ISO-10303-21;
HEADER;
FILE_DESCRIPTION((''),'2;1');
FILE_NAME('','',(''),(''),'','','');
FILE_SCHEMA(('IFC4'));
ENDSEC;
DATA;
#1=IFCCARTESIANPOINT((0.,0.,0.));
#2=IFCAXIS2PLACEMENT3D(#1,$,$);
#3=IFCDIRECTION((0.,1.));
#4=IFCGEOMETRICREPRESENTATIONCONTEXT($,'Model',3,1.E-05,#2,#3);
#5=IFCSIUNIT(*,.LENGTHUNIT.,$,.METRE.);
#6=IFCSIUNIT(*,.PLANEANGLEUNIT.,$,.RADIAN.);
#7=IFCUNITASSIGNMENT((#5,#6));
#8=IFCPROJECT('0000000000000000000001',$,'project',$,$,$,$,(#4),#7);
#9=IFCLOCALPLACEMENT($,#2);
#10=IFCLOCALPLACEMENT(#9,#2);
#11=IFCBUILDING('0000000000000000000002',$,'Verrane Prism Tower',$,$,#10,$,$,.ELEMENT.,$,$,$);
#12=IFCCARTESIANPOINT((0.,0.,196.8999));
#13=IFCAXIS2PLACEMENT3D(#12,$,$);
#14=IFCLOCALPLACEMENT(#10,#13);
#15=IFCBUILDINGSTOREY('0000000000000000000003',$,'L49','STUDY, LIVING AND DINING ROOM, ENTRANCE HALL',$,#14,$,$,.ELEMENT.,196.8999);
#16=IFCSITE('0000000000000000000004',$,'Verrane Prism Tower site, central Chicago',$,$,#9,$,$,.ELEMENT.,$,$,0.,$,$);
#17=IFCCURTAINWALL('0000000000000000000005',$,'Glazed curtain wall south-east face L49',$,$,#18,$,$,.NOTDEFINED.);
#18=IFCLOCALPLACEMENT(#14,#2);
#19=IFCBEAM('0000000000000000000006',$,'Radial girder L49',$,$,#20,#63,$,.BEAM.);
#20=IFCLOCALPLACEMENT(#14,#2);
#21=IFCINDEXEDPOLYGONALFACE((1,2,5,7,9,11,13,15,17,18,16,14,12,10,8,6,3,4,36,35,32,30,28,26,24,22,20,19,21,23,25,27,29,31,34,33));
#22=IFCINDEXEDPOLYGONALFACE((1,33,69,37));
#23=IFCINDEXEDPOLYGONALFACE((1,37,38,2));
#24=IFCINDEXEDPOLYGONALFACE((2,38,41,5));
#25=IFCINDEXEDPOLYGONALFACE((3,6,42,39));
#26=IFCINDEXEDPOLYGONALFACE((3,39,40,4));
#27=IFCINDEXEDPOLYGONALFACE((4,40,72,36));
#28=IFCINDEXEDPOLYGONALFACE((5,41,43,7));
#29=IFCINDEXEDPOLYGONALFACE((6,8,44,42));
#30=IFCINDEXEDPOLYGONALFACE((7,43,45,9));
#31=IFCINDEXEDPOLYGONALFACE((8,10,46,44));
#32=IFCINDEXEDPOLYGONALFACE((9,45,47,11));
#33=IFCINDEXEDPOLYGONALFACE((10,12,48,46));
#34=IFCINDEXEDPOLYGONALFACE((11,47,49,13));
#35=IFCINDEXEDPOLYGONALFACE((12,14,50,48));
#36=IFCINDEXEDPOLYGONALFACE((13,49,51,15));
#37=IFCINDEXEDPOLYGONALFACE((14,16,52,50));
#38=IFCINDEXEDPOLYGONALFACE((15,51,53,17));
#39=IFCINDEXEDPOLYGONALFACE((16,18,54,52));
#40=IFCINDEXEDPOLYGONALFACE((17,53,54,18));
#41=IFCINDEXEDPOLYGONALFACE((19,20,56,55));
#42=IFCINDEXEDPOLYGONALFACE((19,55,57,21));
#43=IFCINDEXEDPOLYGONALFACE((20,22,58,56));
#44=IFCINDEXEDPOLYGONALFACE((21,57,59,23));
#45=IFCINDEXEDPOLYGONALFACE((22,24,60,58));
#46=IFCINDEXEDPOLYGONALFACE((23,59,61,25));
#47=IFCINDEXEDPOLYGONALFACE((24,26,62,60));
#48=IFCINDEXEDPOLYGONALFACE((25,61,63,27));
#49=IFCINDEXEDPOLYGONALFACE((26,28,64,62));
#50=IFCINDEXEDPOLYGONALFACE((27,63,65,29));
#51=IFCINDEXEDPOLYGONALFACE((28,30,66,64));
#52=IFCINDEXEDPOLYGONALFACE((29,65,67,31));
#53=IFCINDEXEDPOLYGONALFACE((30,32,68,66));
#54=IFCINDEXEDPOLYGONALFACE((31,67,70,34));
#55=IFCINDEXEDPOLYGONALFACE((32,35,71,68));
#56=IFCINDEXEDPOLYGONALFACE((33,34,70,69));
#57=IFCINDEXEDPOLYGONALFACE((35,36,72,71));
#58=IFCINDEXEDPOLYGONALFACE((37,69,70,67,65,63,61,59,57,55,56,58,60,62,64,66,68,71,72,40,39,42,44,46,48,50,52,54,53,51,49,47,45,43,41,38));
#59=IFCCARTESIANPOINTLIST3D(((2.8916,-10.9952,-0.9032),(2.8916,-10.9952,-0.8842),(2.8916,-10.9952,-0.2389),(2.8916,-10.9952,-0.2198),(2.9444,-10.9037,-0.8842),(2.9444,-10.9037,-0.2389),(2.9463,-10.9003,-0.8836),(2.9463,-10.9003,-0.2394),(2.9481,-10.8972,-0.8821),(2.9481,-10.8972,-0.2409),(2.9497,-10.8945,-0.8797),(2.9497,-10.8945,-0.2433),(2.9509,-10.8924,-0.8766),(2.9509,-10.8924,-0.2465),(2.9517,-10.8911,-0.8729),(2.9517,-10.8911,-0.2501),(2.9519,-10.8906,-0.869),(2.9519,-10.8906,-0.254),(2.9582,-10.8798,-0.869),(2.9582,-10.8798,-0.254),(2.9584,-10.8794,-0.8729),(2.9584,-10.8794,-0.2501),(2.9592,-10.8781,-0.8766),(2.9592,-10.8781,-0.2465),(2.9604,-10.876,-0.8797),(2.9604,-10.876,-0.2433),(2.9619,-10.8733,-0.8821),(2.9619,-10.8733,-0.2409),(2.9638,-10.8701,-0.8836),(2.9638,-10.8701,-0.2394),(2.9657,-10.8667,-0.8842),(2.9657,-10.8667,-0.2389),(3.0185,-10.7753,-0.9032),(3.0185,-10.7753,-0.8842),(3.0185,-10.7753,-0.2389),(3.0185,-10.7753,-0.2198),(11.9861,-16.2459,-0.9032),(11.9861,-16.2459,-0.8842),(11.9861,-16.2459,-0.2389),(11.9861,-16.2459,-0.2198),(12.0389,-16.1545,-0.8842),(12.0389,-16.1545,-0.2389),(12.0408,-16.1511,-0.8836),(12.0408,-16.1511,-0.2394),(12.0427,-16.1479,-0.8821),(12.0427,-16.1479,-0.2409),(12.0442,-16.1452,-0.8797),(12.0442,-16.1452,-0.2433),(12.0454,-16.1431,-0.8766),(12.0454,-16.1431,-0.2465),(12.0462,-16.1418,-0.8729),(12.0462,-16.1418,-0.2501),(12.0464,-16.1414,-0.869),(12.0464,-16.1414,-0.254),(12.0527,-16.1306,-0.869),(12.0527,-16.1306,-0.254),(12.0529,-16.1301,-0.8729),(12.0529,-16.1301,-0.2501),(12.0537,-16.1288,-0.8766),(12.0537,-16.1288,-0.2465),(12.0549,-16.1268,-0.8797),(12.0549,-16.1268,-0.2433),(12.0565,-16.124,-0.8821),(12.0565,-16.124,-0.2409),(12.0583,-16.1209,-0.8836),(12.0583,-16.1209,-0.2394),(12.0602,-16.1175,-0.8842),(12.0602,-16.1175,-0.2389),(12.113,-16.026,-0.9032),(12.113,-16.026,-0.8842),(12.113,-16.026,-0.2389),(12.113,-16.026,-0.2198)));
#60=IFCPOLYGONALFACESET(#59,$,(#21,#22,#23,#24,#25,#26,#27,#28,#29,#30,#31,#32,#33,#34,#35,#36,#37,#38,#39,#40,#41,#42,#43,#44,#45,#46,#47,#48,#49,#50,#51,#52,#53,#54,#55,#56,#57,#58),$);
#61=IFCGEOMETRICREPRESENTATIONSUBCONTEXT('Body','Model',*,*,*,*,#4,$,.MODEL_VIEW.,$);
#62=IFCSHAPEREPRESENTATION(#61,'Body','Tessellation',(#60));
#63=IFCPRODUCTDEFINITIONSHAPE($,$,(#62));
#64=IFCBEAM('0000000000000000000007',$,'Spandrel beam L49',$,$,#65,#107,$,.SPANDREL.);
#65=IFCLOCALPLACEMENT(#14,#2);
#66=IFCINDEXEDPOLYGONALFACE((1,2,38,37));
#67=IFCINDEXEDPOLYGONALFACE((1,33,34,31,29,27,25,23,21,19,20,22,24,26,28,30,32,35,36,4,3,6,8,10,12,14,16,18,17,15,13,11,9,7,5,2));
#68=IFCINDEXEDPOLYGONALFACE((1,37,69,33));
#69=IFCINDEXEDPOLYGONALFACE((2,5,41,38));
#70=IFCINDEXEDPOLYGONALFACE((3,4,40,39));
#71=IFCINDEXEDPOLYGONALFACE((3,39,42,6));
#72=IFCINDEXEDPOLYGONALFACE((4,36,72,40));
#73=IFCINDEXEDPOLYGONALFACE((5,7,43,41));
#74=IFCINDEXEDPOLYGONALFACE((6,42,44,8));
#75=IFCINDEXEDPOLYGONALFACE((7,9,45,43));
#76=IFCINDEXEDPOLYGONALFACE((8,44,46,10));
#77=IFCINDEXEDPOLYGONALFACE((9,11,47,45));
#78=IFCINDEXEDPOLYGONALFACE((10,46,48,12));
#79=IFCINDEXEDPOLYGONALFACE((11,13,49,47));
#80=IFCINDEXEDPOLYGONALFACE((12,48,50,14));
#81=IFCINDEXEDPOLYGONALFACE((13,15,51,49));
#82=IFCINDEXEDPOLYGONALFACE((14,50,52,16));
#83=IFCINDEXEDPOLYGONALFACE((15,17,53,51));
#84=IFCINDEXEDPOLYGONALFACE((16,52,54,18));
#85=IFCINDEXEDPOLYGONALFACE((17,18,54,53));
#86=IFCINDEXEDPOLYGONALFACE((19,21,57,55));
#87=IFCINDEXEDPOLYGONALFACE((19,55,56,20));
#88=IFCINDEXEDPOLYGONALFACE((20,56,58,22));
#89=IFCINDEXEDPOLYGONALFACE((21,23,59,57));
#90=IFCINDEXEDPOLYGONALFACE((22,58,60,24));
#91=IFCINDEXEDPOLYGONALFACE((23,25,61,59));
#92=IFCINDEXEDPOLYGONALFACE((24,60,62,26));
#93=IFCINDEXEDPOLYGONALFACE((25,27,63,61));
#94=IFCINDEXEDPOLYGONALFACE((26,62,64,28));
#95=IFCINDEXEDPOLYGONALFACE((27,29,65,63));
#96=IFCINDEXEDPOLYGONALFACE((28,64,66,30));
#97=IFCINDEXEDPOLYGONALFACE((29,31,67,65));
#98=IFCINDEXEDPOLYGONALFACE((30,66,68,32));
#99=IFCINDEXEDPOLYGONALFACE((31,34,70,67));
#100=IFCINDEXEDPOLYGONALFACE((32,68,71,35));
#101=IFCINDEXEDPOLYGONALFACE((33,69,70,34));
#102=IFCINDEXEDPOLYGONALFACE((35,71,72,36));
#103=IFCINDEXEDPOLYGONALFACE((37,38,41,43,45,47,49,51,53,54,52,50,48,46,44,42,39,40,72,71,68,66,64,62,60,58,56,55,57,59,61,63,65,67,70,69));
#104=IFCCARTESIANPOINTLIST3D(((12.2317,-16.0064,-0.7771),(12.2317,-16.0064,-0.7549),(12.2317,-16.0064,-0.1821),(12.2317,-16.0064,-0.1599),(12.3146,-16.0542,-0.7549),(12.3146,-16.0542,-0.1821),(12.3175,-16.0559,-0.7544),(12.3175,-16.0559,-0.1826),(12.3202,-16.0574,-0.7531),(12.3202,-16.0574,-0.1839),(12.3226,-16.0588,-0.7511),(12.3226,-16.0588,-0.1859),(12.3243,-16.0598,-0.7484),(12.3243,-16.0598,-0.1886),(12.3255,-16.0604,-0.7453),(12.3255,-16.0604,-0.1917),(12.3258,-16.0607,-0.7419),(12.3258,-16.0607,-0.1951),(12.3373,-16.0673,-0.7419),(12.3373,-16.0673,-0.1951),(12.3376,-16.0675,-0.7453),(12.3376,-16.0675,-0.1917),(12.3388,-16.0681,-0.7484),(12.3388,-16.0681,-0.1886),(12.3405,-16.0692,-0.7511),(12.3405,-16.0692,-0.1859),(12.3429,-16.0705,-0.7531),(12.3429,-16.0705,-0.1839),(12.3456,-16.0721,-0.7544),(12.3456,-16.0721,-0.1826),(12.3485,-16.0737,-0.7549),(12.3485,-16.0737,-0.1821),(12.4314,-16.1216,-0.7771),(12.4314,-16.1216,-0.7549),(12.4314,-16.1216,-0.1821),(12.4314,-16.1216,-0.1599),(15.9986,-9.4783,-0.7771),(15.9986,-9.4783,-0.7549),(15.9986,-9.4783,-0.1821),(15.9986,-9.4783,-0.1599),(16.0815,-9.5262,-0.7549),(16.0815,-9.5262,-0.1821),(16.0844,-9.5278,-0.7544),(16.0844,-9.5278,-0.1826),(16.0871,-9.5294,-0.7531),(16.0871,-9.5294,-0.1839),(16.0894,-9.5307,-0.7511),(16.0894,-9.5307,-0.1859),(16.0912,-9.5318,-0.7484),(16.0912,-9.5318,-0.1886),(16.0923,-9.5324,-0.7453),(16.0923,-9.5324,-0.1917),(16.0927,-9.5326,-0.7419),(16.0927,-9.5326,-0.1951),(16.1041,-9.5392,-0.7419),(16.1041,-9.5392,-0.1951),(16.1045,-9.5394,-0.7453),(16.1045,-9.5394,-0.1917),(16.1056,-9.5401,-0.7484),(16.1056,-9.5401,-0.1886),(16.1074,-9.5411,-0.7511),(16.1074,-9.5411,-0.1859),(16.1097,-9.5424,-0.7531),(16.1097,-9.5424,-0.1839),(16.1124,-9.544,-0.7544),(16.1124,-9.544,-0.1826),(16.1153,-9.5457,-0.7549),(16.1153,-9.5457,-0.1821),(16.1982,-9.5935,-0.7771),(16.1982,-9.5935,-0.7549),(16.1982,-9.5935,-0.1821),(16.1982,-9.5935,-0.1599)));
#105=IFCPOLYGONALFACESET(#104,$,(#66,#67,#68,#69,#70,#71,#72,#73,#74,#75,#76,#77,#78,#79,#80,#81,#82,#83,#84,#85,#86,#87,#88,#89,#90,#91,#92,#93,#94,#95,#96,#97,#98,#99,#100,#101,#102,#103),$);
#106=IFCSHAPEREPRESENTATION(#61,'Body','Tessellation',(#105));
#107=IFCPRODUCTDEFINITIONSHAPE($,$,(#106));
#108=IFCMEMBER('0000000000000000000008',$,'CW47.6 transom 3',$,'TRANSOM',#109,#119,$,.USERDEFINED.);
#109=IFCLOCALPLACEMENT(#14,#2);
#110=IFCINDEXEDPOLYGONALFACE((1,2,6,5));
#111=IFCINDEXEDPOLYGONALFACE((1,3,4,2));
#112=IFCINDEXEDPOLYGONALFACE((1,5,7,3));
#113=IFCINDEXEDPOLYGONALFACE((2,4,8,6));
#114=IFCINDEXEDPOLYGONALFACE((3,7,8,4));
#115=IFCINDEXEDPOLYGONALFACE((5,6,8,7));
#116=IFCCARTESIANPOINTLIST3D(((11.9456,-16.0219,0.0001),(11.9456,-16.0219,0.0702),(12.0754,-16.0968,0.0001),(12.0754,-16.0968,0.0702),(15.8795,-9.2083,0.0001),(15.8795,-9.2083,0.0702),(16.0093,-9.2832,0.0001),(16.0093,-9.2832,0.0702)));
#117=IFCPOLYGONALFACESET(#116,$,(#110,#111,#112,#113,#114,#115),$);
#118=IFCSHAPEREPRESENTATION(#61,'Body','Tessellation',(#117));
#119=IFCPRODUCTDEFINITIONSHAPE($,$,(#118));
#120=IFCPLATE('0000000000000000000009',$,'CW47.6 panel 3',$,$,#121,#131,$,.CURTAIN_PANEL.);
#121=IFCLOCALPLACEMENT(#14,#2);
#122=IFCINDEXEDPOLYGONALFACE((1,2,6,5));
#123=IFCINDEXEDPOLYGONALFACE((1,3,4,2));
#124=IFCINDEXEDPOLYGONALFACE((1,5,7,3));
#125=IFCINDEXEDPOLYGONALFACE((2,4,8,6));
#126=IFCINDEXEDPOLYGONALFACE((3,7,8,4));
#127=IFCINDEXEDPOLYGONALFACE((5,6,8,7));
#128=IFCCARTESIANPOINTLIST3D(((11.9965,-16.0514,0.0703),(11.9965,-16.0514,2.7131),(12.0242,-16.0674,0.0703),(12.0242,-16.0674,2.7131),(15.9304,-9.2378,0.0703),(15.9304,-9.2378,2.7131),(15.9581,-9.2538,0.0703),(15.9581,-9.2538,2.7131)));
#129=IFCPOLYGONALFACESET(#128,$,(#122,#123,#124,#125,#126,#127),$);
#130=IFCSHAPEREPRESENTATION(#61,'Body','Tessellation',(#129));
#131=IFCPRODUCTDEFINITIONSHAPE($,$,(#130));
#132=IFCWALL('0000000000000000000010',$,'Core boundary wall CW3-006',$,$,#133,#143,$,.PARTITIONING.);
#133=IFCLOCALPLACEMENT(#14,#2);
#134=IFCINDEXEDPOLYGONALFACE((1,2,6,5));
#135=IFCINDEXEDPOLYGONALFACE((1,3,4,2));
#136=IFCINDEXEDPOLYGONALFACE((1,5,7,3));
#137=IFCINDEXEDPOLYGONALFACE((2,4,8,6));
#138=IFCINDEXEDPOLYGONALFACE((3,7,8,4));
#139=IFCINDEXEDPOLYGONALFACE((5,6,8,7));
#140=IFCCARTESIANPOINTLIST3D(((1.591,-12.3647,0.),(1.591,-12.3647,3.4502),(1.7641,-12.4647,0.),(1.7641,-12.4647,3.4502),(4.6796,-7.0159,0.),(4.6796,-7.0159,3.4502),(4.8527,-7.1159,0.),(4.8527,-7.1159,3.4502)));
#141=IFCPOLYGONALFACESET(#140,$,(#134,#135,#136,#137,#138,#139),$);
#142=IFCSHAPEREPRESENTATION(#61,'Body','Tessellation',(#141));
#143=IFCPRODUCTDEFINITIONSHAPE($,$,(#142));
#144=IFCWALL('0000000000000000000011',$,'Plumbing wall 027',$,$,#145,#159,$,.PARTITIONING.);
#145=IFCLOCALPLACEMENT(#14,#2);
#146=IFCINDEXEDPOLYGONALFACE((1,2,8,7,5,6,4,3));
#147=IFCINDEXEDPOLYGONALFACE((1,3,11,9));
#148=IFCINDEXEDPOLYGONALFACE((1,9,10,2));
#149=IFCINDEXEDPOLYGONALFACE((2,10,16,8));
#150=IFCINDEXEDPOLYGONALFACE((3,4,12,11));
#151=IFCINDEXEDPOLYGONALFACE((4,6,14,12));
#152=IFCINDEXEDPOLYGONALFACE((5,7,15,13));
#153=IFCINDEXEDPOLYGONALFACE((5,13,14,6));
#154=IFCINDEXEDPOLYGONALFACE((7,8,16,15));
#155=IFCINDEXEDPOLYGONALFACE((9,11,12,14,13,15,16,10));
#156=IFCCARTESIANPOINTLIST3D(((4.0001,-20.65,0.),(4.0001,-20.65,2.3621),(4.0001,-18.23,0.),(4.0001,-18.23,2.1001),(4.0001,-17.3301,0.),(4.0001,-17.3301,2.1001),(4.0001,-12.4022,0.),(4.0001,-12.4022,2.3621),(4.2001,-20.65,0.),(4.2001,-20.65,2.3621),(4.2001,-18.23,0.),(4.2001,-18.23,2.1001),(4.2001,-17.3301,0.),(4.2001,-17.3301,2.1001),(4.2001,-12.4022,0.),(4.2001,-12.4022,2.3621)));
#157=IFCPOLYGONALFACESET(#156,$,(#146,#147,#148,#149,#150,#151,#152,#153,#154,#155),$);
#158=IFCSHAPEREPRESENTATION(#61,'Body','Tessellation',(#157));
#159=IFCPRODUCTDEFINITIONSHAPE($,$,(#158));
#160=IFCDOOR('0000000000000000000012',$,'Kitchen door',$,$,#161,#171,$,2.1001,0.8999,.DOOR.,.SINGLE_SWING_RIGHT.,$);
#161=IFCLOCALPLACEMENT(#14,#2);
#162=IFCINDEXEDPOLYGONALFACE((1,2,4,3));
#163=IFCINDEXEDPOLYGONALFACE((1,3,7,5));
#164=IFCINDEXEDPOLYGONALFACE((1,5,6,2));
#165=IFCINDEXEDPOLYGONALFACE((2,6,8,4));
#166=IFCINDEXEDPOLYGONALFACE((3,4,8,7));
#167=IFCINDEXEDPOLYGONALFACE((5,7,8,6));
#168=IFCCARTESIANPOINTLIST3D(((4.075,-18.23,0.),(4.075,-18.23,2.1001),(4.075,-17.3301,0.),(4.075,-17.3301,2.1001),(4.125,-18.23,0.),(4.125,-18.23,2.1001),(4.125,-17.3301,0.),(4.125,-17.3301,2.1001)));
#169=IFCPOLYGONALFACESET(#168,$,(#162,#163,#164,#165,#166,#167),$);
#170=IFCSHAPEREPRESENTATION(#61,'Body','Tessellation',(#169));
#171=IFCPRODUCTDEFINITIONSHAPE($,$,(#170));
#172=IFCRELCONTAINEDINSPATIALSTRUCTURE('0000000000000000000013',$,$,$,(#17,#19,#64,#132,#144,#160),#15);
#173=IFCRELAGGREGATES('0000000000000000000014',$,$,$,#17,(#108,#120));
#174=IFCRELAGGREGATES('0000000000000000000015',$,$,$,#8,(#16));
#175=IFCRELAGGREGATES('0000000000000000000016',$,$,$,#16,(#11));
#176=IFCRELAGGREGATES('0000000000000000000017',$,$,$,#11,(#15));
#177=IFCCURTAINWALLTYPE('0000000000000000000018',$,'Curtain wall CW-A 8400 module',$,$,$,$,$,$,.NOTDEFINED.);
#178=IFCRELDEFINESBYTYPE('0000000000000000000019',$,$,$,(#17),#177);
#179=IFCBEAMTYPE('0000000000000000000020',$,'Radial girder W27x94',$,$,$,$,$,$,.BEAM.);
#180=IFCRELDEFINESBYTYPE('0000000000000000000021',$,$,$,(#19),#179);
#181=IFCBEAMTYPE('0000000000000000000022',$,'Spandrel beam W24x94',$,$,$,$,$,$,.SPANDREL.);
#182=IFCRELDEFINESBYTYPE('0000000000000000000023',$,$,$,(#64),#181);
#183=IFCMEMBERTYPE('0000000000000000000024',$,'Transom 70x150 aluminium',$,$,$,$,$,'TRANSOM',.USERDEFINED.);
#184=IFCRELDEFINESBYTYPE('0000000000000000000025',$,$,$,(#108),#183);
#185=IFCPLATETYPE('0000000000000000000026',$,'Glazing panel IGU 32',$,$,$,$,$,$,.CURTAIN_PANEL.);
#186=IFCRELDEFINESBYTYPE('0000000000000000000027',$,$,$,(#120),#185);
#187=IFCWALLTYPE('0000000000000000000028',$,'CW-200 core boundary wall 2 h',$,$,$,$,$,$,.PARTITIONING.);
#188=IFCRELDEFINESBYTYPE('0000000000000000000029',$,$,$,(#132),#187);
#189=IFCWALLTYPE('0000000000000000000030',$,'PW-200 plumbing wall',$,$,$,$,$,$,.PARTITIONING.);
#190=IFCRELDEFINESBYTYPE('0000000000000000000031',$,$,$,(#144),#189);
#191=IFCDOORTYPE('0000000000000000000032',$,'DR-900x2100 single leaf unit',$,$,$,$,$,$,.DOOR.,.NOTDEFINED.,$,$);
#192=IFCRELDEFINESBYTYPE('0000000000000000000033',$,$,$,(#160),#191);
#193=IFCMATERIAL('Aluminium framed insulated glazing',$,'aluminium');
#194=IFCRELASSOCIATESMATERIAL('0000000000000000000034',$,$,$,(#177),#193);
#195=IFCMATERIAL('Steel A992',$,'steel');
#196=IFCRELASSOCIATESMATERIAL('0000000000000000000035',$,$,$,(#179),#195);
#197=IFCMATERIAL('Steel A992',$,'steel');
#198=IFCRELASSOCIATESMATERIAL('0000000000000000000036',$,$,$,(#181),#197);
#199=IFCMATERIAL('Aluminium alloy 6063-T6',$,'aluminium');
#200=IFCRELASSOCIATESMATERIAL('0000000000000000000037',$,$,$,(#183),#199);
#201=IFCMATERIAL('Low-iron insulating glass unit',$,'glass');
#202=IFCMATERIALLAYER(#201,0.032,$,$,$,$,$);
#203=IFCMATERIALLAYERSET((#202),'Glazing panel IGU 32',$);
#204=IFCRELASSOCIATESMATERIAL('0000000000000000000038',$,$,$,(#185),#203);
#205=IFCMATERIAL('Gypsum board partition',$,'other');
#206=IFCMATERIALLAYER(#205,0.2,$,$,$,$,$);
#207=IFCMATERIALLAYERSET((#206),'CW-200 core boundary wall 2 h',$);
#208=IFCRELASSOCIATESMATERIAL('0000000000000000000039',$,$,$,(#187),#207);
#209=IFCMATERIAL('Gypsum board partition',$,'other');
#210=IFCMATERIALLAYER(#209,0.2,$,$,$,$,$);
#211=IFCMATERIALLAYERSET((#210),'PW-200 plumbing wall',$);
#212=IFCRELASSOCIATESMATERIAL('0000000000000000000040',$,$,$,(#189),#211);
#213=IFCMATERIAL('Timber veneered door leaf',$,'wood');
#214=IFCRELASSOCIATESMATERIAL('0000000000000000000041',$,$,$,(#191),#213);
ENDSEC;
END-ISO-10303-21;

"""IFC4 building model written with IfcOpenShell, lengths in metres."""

from ifc_helpers import new_model, si_unit, direction, frame, frame_2d, origin, origin_2d, place, context, subcontext, project, spatial, rectangle, i_section, extrude, material, layer, layer_set, material_profile, profile_set, type_object, element, fill, aggregate, save


model = new_model("IFC4")

# Units and contexts
model_context = context("Model", 3, precision=1e-05, world=origin(), true_north=direction((0.0, 1.0)))
body_context = subcontext(model_context, "Body", "Model", "MODEL_VIEW")
ifc_project = project(units=[si_unit("LENGTHUNIT", "METRE"), si_unit("PLANEANGLEUNIT", "RADIAN")], contexts=[model_context])

# Site, building, storey
site_placement = place(None, origin())
site = spatial("IfcSite", under=ifc_project, at=site_placement, Name="Verrane Prism Tower site, central Chicago", CompositionType="ELEMENT", RefElevation=0.0)
building_placement = place(site_placement, origin())
building = spatial("IfcBuilding", under=site, at=building_placement, Name="Verrane Prism Tower", CompositionType="ELEMENT")
storey_placement = place(building_placement, frame((0.0, 0.0, 196.8999)))
storey = spatial("IfcBuildingStorey", under=building, at=storey_placement, Name="L49", Description="STUDY, LIVING AND DINING ROOM, ENTRANCE HALL", CompositionType="ELEMENT", Elevation=196.8999)

# Curtain wall
ifc_material_1 = material(Name="Aluminium framed insulated glazing", Category="aluminium")
curtain_wall_type = type_object("IfcCurtainWallType", Name="Curtain wall CW-A 8400 module", PredefinedType="NOTDEFINED", material=ifc_material_1)
curtain_wall_placement = place(storey_placement, origin())
curtain_wall = element("IfcCurtainWall", 1, at=curtain_wall_placement, inside=storey, type_object=curtain_wall_type, Name="Glazed curtain wall south-east face L49", PredefinedType="NOTDEFINED")

# Beams
ifc_material_2 = material(Name="Steel A992", Category="steel")
ifc_material_profile_1 = material_profile(ifc_material_2, i_section(OverallWidth=0.2539, OverallDepth=0.6833, WebThickness=0.0125, FlangeThickness=0.019, FilletRadius=0.0151, at=origin_2d()), Name="W27x94")
ifc_profile_set_1 = profile_set([ifc_material_profile_1], Name="Steel A992")
beam_type_1 = type_object("IfcBeamType", Name="Radial girder W27x94", PredefinedType="BEAM", material=ifc_profile_set_1)
beam_1_placement = place(storey_placement, frame((12.0496, -16.136, -0.5615), z_axis=(-0.866024, 0.500002, 0.0), x_axis=(-0.500002, -0.866024, 0.0)))
element("IfcBeam", 2, at=beam_1_placement, inside=storey, type_object=beam_type_1, Name="Radial girder L49", PredefinedType="BEAM", context=body_context, shape_type="SweptSolid", body=[
    extrude(i_section(OverallWidth=0.2539, OverallDepth=0.6833, WebThickness=0.0125, FlangeThickness=0.019, FilletRadius=0.0151, at=origin_2d()), origin(), (0.0, 0.0, 1.0), 10.5015),
])
ifc_material_3 = material(Name="Steel A992", Category="steel")
ifc_material_profile_2 = material_profile(ifc_material_3, i_section(OverallWidth=0.2305, OverallDepth=0.6172, WebThickness=0.0132, FlangeThickness=0.0222, FilletRadius=0.0129, at=origin_2d()), Name="W24x94")
ifc_profile_set_2 = profile_set([ifc_material_profile_2], Name="Steel A992")
beam_type_2 = type_object("IfcBeamType", Name="Spandrel beam W24x94", PredefinedType="SPANDREL", material=ifc_profile_set_2)
beam_2_placement = place(storey_placement, frame((12.3315, -16.064, -0.4685), z_axis=(0.499787, 0.866148, 0.0), x_axis=(-0.866148, 0.499787, 0.0)))
element("IfcBeam", 3, at=beam_2_placement, inside=storey, type_object=beam_type_2, Name="Spandrel beam L49", PredefinedType="SPANDREL", context=body_context, shape_type="SweptSolid", body=[
    extrude(i_section(OverallWidth=0.2305, OverallDepth=0.6172, WebThickness=0.0132, FlangeThickness=0.0222, FilletRadius=0.0129, at=origin_2d()), origin(), (0.0, 0.0, 1.0), 7.5369),
])

# Member
ifc_material_4 = material(Name="Aluminium alloy 6063-T6", Category="aluminium")
ifc_material_profile_3 = material_profile(ifc_material_4, rectangle(XDim=0.1499, YDim=0.0701, at=origin_2d()), Name="Transom 70x150 aluminium")
ifc_profile_set_3 = profile_set([ifc_material_profile_3], Name="Aluminium alloy 6063-T6")
member_type_1 = type_object("IfcMemberType", Name="Transom 70x150 aluminium", ElementType="TRANSOM", PredefinedType="USERDEFINED", material=ifc_profile_set_3)
member_1_placement = place(storey_placement, frame((12.0105, -16.0593, 0.0352), z_axis=(0.500007, 0.866021, 0.0), x_axis=(-0.866021, 0.500007, 0.0)))
member_1 = element("IfcMember", 4, at=member_1_placement, type_object=member_type_1, Name="CW47.6 transom 3", ObjectType="TRANSOM", PredefinedType="USERDEFINED", context=body_context, shape_type="SweptSolid", body=[
    extrude(rectangle(XDim=0.1499, YDim=0.0701, at=origin_2d()), origin(), (0.0, 0.0, 1.0), 7.8677),
])

# Plate
ifc_material_5 = material(Name="Low-iron insulating glass unit", Category="glass")
ifc_layer_1 = layer(ifc_material_5, 0.032)
ifc_layer_set_1 = layer_set([ifc_layer_1], Name="Glazing panel IGU 32")
plate_type = type_object("IfcPlateType", Name="Glazing panel IGU 32", PredefinedType="CURTAIN_PANEL", material=ifc_layer_set_1)
plate_placement = place(storey_placement, frame((13.9773, -12.6526, 0.0703), z_axis=(0.0, 0.0, 1.0), x_axis=(0.5, 0.866026, 0.0)))
plate = element("IfcPlate", 5, at=plate_placement, type_object=plate_type, Name="CW47.6 panel 3", PredefinedType="CURTAIN_PANEL", context=body_context, shape_type="SweptSolid", body=[
    extrude(rectangle(XDim=7.8677, YDim=0.032, at=origin_2d()), origin(), (0.0, 0.0, 1.0), 2.6428),
])
aggregate(curtain_wall, [member_1, plate])

# Wall
ifc_material_6 = material(Name="Gypsum board partition", Category="other")
ifc_layer_2 = layer(ifc_material_6, 0.2)
ifc_layer_set_2 = layer_set([ifc_layer_2], Name="CW-200 core boundary wall 2 h")
wall_type_1 = type_object("IfcWallType", Name="CW-200 core boundary wall 2 h", PredefinedType="PARTITIONING", material=ifc_layer_set_2)
wall_1_placement = place(storey_placement, frame((1.6775, -12.4148, 0.0), z_axis=(0.0, 0.0, 1.0), x_axis=(0.500054, 0.865994, 0.0)))
element("IfcWall", 6, at=wall_1_placement, inside=storey, type_object=wall_type_1, Name="Core boundary wall CW3-006", PredefinedType="PARTITIONING", context=body_context, shape_type="SweptSolid", body=[
    extrude(rectangle(XDim=6.1765, YDim=0.2, at=frame_2d((3.0884, 0.0))), origin(), (0.0, 0.0, 1.0), 3.4502),
])

# Wall, opening, door
ifc_material_7 = material(Name="Gypsum board partition", Category="other")
ifc_layer_3 = layer(ifc_material_7, 0.2)
ifc_layer_set_3 = layer_set([ifc_layer_3], Name="PW-200 plumbing wall")
wall_type_2 = type_object("IfcWallType", Name="PW-200 plumbing wall", PredefinedType="PARTITIONING", material=ifc_layer_set_3)
wall_2_placement = place(storey_placement, frame((4.1001, -12.4021, 0.0), z_axis=(0.0, 0.0, 1.0), x_axis=(0.0, -1.0, 0.0)))
wall_2 = element("IfcWall", 7, at=wall_2_placement, inside=storey, type_object=wall_type_2, Name="Plumbing wall 027", PredefinedType="PARTITIONING", context=body_context, shape_type="SweptSolid", body=[
    extrude(rectangle(XDim=8.2478, YDim=0.2, at=frame_2d((4.124, 0.0))), origin(), (0.0, 0.0, 1.0), 2.3621),
])
opening_1_placement = place(wall_2_placement, frame((4.928, 0.0, 0.0)))
opening_1 = element("IfcOpeningElement", 8, at=opening_1_placement, cuts=wall_2, PredefinedType="OPENING", context=body_context, shape_type="SweptSolid", body=[
    extrude(rectangle(XDim=0.8999, YDim=2.1001, at=frame_2d((0.45, 1.05))), frame((0.0, 0.1099, 0.0), z_axis=(0.0, -1.0, 0.0), x_axis=(1.0, 0.0, 0.0)), (0.0, 0.0, 1.0), 0.22),
])
ifc_material_8 = material(Name="Timber veneered door leaf", Category="wood")
door_type_1 = type_object("IfcDoorType", Name="DR-900x2100 single leaf unit", OperationType="NOTDEFINED", PredefinedType="DOOR", material=ifc_material_8)
door_1_placement = place(opening_1_placement, origin())
door_1 = element("IfcDoor", 9, at=door_1_placement, inside=storey, type_object=door_type_1, Name="Kitchen door", OperationType="SINGLE_SWING_RIGHT", OverallHeight=2.1001, OverallWidth=0.8999, PredefinedType="DOOR", context=body_context, shape_type="SweptSolid", body=[
    extrude(rectangle(XDim=0.8999, YDim=2.1001, at=frame_2d((0.45, 1.05))), frame((0.0, 0.0249, 0.0), z_axis=(0.0, -1.0, 0.0), x_axis=(1.0, 0.0, 0.0)), (0.0, 0.0, 1.0), 0.05),
])
fill(opening_1, door_1)

save(model, "model.ifc")
